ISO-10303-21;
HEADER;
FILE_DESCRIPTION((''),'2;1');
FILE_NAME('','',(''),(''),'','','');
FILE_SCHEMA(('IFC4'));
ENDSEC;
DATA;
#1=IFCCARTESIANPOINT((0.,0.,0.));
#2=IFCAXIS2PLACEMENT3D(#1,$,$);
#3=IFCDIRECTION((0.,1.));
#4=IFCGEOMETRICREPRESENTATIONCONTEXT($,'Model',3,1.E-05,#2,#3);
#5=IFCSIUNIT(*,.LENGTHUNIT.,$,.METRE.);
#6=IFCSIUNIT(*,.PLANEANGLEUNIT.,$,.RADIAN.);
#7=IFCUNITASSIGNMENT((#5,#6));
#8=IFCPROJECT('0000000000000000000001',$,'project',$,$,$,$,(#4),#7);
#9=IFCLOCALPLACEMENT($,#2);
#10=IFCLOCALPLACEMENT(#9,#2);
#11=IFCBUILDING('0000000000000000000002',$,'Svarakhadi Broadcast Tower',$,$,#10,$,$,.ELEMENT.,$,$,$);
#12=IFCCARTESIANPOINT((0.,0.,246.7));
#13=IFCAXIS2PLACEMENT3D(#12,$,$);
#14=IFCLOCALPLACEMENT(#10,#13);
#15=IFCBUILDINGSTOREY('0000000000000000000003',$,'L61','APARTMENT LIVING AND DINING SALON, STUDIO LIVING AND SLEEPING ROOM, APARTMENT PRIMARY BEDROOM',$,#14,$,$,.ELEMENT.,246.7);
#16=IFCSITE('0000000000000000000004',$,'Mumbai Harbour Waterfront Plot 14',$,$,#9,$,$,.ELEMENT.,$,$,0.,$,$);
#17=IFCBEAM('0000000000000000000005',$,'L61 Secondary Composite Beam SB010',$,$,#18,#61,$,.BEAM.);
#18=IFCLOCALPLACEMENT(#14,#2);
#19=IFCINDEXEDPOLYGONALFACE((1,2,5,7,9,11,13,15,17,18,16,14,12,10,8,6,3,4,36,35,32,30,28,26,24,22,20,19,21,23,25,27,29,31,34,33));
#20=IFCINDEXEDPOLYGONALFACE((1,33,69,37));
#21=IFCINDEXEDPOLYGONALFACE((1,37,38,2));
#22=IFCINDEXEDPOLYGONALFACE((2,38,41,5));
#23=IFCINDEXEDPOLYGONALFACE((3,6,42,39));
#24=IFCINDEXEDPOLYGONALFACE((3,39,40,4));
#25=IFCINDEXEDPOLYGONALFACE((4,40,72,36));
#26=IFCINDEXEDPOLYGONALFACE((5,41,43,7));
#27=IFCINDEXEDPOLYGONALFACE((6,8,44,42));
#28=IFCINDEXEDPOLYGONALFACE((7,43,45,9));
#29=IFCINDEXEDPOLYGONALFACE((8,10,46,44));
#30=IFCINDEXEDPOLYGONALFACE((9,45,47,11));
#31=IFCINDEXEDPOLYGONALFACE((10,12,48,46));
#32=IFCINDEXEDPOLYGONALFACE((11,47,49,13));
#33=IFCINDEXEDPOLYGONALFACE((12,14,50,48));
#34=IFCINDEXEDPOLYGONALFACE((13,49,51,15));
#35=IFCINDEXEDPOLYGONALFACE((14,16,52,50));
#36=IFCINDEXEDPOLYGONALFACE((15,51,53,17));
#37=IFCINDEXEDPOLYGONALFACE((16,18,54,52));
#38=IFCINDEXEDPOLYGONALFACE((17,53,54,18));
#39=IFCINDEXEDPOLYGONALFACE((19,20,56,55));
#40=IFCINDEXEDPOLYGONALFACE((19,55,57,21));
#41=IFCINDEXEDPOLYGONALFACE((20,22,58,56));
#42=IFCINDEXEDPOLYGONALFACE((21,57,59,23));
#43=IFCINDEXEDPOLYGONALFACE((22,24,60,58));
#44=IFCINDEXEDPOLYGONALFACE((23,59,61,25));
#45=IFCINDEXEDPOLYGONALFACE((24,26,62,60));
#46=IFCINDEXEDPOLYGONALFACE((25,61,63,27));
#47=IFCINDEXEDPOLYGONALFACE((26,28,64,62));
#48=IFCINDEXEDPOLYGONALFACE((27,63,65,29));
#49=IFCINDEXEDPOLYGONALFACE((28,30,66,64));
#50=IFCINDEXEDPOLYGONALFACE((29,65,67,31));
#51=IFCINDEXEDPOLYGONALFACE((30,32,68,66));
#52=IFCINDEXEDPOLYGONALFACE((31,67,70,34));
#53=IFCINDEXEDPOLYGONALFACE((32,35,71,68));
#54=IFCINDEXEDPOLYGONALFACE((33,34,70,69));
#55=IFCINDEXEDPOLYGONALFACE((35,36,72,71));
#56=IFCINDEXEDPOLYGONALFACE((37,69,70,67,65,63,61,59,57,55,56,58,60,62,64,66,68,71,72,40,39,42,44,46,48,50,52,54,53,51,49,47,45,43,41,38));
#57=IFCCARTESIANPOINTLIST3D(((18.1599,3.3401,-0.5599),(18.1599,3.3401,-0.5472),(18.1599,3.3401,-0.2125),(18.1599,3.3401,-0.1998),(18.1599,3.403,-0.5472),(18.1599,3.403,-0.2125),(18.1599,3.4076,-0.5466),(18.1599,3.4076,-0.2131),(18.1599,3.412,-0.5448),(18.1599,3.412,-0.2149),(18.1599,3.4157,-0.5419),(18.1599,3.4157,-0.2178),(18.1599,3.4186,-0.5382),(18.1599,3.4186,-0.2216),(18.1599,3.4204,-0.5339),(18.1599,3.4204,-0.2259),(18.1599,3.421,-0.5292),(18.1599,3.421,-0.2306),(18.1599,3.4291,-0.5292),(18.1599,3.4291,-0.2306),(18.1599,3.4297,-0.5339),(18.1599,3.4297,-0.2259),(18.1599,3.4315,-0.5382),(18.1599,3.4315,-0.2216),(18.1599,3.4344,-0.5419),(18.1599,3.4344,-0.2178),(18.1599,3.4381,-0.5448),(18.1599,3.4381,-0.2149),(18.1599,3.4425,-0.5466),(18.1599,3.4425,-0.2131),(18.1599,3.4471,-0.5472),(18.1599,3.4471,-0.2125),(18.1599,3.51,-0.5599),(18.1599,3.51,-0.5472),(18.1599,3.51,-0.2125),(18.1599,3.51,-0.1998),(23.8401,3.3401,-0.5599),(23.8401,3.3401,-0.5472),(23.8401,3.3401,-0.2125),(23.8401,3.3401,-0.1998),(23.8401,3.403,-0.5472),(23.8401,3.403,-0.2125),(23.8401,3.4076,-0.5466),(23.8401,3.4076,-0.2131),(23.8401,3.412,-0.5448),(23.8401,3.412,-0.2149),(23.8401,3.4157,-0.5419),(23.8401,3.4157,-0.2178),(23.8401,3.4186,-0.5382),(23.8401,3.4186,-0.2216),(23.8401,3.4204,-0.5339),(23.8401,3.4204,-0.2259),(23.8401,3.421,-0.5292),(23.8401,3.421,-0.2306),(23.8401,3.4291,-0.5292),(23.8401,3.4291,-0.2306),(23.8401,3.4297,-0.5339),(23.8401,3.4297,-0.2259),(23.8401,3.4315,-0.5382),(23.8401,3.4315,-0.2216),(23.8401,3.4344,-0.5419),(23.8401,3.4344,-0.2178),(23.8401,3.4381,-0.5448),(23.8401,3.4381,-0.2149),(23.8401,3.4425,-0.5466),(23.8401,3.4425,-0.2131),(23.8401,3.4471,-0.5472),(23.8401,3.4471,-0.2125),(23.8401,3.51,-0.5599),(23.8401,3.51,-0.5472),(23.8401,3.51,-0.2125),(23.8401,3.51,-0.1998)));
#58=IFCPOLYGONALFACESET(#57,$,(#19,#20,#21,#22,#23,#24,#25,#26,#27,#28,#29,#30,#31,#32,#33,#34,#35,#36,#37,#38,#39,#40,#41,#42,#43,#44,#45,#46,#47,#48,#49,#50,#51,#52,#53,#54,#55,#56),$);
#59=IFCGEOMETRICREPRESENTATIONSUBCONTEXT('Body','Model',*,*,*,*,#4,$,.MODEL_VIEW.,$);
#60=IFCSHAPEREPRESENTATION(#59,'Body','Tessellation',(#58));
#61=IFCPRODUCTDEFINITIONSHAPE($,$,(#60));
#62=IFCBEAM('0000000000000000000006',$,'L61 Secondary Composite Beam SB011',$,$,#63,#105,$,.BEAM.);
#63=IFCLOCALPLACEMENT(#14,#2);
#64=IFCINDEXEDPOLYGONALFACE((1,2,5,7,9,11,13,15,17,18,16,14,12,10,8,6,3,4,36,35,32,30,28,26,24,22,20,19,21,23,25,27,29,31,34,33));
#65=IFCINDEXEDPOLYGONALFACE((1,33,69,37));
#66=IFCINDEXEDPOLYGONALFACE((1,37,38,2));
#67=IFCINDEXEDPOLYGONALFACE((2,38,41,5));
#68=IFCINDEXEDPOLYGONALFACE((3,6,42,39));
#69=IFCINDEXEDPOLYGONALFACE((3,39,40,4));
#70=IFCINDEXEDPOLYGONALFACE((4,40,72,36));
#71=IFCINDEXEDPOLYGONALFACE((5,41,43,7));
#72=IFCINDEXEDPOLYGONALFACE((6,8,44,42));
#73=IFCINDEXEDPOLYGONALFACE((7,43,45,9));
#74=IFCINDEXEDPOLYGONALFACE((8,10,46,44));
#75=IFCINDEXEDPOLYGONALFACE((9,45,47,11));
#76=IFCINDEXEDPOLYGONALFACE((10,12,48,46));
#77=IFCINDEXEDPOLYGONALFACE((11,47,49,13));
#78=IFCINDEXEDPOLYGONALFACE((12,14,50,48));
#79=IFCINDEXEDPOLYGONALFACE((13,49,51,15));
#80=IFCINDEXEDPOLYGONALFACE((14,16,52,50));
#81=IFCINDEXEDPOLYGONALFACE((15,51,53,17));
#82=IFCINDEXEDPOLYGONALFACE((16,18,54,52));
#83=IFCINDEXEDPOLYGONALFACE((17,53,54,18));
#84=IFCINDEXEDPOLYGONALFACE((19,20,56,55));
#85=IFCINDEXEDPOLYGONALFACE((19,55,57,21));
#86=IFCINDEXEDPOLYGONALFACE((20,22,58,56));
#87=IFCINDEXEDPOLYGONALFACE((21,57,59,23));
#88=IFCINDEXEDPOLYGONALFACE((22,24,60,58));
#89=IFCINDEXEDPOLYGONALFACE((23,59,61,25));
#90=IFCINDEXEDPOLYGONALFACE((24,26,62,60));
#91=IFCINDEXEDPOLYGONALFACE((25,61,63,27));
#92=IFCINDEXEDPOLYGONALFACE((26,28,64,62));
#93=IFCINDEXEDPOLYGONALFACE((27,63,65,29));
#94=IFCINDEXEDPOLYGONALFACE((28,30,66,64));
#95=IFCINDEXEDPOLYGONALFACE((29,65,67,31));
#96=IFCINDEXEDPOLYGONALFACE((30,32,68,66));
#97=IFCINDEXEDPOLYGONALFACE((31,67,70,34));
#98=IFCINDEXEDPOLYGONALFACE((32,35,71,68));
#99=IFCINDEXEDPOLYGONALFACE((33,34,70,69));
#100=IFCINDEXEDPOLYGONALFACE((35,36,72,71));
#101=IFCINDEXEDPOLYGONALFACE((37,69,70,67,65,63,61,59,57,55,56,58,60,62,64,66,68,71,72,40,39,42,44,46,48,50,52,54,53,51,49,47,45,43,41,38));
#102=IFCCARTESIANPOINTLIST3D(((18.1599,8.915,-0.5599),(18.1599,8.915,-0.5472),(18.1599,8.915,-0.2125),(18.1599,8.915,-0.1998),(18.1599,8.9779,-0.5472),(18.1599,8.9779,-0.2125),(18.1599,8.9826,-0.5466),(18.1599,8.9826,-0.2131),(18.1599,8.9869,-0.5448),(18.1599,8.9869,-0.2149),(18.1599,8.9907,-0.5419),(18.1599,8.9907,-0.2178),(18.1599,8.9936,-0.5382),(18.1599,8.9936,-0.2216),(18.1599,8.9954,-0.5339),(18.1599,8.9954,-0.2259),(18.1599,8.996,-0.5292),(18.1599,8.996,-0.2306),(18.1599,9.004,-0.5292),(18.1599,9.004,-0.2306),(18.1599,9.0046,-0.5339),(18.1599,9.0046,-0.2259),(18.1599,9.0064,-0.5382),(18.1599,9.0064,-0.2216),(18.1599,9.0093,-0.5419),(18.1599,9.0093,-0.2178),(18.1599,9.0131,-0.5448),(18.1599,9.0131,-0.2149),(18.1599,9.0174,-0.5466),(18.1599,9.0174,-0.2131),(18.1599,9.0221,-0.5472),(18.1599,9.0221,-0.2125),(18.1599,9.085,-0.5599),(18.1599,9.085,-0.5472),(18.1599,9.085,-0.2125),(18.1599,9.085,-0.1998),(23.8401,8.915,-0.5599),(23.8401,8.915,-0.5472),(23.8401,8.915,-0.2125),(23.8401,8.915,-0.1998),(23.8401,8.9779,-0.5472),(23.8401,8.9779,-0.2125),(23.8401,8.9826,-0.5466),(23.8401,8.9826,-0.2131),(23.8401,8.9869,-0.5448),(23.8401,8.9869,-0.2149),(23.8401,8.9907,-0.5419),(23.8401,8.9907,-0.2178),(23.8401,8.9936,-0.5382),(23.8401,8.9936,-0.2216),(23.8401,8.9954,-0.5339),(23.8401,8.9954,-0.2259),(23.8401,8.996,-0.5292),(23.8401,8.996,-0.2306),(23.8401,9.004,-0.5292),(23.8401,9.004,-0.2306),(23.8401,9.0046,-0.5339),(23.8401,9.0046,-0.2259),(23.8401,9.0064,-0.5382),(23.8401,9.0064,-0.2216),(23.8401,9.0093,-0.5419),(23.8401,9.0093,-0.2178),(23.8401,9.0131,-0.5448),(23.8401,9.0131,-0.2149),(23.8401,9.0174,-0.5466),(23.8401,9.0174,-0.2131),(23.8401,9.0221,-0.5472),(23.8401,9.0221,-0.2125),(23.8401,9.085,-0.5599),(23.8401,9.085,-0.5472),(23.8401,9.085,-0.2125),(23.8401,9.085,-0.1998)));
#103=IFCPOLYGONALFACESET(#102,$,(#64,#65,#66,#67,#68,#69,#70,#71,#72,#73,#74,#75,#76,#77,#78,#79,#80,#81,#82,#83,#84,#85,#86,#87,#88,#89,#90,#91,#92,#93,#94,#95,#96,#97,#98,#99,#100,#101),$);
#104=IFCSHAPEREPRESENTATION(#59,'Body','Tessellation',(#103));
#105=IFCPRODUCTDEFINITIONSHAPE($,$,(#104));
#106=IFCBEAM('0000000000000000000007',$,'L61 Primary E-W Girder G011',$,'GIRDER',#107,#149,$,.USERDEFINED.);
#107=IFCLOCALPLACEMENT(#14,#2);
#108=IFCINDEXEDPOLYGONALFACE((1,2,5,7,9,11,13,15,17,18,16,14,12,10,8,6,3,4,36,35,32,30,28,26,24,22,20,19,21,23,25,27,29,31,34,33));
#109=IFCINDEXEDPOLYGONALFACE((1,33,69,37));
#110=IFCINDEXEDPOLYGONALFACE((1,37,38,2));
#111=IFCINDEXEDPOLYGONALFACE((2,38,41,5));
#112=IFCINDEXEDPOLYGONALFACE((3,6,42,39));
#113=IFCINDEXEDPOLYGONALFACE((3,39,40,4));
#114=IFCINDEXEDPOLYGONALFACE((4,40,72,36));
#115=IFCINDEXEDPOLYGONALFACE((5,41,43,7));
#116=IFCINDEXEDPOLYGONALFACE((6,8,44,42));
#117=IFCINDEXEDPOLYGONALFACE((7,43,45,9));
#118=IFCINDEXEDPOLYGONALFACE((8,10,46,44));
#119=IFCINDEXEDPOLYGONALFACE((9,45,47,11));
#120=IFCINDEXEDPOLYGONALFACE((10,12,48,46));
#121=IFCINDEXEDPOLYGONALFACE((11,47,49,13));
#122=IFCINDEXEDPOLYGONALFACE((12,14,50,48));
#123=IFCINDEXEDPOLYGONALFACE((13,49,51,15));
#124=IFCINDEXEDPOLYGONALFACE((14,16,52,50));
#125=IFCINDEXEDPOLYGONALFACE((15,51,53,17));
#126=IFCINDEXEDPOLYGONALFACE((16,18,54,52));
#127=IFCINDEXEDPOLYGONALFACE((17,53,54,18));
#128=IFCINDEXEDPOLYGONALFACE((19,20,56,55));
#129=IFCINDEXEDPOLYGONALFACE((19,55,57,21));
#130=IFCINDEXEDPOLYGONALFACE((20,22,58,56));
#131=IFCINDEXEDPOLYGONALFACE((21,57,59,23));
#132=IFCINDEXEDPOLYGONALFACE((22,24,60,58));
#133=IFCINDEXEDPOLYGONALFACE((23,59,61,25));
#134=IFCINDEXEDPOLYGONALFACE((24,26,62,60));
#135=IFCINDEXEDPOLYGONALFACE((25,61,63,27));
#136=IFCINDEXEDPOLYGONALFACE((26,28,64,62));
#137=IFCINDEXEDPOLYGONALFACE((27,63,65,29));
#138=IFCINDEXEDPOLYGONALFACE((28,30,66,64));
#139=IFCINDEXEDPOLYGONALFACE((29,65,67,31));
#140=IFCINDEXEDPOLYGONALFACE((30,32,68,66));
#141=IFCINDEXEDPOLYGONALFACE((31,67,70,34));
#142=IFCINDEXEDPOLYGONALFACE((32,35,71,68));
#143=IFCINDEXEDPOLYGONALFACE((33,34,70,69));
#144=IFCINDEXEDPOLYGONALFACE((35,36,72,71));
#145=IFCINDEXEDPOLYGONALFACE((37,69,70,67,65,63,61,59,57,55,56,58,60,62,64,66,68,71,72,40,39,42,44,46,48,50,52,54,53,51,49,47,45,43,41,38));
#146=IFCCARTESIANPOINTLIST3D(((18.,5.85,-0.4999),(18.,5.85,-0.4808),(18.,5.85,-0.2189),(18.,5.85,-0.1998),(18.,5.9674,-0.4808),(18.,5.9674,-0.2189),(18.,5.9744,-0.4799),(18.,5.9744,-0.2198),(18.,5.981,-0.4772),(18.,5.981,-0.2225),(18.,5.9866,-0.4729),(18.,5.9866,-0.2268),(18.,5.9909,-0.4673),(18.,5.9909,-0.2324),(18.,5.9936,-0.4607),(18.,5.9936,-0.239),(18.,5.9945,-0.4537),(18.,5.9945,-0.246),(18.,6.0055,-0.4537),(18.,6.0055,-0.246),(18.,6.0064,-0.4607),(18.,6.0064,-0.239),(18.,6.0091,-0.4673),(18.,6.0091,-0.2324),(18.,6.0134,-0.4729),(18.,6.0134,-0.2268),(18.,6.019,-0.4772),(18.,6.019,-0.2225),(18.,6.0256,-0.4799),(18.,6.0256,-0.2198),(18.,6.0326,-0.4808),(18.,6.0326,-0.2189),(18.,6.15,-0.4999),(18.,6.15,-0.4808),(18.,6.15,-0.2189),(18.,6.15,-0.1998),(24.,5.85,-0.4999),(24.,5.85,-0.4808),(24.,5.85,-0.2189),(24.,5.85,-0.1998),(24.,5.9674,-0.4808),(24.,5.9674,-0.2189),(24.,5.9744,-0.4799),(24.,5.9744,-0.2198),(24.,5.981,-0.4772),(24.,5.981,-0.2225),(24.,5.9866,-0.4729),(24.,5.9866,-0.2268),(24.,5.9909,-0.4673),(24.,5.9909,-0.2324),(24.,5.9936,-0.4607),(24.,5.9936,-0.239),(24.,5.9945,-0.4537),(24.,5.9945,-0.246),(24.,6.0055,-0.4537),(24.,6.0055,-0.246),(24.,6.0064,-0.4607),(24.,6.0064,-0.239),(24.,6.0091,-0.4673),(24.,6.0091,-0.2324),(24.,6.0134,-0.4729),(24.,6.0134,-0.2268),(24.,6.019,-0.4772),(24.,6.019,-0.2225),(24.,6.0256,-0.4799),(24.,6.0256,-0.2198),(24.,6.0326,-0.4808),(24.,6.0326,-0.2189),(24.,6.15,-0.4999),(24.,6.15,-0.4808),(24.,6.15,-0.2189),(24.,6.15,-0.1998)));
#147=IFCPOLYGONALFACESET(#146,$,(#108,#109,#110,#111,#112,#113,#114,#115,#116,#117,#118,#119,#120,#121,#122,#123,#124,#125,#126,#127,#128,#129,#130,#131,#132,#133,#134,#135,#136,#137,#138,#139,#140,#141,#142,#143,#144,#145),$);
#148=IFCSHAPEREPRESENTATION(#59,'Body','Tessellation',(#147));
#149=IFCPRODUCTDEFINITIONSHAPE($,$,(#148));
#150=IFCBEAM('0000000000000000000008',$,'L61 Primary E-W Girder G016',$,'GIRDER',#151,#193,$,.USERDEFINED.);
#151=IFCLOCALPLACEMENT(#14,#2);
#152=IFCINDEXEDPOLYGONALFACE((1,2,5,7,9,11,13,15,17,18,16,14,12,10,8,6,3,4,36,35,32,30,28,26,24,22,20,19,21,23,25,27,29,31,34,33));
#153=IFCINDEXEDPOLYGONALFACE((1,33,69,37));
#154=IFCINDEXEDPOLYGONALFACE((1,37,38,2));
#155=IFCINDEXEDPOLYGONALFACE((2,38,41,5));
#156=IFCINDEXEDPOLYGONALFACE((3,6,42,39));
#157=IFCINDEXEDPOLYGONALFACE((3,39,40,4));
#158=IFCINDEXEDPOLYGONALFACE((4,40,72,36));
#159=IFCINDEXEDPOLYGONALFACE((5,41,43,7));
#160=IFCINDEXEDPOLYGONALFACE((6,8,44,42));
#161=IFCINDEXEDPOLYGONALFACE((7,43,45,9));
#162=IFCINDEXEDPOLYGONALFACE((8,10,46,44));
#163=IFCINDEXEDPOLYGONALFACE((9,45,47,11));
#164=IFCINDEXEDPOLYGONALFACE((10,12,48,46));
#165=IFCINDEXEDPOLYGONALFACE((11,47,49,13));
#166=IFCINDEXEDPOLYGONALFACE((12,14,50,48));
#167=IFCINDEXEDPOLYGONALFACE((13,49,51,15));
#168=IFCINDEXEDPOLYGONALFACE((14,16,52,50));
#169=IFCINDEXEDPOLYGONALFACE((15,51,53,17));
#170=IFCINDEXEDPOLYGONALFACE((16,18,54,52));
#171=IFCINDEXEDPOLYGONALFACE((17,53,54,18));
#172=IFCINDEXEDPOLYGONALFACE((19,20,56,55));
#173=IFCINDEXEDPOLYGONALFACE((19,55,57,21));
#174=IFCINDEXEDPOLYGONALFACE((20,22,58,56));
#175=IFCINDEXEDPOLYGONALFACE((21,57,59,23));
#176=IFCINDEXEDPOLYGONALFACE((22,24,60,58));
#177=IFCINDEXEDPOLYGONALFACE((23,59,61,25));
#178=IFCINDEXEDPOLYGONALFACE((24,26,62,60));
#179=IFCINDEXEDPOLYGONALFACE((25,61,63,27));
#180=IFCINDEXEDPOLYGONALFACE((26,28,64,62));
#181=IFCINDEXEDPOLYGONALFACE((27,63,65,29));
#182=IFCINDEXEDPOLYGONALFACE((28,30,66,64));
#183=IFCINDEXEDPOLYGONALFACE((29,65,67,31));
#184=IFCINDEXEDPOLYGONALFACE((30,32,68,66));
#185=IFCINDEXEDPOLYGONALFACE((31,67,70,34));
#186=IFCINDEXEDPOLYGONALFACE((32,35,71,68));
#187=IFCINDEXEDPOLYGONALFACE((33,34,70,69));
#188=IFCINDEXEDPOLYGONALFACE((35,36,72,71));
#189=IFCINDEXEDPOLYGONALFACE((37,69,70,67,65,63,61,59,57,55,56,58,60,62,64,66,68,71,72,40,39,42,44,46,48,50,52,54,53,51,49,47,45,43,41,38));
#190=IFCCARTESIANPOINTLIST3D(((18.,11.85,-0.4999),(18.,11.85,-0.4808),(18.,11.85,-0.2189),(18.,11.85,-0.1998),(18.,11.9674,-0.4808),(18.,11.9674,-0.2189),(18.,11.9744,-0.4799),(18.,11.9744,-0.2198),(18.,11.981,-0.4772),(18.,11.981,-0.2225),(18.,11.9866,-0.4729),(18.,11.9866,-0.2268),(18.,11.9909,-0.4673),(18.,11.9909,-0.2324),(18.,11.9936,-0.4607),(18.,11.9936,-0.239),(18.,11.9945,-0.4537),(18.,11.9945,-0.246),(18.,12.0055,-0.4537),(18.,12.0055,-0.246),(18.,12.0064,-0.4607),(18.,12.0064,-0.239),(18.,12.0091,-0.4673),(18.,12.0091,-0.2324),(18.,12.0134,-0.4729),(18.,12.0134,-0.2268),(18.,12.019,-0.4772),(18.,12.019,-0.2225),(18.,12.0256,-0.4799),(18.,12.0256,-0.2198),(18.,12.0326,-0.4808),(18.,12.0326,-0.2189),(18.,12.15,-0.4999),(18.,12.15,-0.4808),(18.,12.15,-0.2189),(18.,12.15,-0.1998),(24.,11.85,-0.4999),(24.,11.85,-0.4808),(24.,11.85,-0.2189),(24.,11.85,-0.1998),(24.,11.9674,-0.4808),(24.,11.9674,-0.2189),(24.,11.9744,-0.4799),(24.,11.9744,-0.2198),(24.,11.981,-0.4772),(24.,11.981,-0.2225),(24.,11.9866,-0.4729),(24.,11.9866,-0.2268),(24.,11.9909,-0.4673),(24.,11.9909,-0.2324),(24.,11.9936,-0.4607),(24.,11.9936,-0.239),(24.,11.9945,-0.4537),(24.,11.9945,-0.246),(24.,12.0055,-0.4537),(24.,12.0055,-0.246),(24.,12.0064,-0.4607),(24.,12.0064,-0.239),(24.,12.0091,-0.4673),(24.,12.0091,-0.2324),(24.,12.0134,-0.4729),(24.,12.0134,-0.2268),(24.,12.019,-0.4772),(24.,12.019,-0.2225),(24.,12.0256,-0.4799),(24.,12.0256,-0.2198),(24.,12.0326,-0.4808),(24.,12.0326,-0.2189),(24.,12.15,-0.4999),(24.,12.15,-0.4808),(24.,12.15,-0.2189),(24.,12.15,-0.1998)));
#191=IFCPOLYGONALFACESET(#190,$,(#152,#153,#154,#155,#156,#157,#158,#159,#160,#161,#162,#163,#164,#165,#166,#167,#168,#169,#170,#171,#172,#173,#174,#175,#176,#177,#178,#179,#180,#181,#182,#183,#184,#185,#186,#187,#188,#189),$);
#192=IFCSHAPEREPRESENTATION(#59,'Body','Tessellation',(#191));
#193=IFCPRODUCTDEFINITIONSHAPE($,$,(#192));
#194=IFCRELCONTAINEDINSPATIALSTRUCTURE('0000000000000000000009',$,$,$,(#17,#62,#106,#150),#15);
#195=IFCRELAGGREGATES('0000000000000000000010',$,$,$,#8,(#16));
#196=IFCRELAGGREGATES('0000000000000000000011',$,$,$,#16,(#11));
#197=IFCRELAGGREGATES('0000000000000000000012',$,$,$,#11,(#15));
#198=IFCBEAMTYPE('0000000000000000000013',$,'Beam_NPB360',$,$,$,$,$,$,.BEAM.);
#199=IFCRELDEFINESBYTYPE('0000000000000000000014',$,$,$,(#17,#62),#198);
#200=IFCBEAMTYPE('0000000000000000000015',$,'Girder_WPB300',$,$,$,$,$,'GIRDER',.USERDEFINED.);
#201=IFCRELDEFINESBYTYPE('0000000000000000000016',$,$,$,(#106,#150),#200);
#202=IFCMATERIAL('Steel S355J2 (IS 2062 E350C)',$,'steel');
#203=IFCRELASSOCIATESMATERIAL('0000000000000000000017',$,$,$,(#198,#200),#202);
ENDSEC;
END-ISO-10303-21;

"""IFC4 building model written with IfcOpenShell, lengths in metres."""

from ifc_helpers import new_model, si_unit, direction, frame, origin, origin_2d, place, context, subcontext, project, spatial, i_section, extrude, material, material_profile, profile_set, type_object, element, save


model = new_model("IFC4")

# Units and contexts
model_context = context("Model", 3, precision=1e-05, world=origin(), true_north=direction((0.0, 1.0)))
body_context = subcontext(model_context, "Body", "Model", "MODEL_VIEW")
ifc_project = project(units=[si_unit("LENGTHUNIT", "METRE"), si_unit("PLANEANGLEUNIT", "RADIAN")], contexts=[model_context])

# Site, building, storey
site_placement = place(None, origin())
site = spatial("IfcSite", under=ifc_project, at=site_placement, Name="Mumbai Harbour Waterfront Plot 14", CompositionType="ELEMENT", RefElevation=0.0)
building_placement = place(site_placement, origin())
building = spatial("IfcBuilding", under=site, at=building_placement, Name="Svarakhadi Broadcast Tower", CompositionType="ELEMENT")
storey_placement = place(building_placement, frame((0.0, 0.0, 246.7)))
storey = spatial("IfcBuildingStorey", under=building, at=storey_placement, Name="L61", Description="APARTMENT LIVING AND DINING SALON, STUDIO LIVING AND SLEEPING ROOM, APARTMENT PRIMARY BEDROOM", CompositionType="ELEMENT", Elevation=246.7)

# Beams
ifc_material_1 = material(Name="Steel S355J2 (IS 2062 E350C)", Category="steel")
ifc_material_profile_1 = material_profile(ifc_material_1, i_section(OverallWidth=0.1699, OverallDepth=0.3601, WebThickness=0.0081, FlangeThickness=0.0127, FilletRadius=0.0181, at=origin_2d()), Name="NPB 360x170x57")
ifc_profile_set_1 = profile_set([ifc_material_profile_1], Name="Steel S355J2 (IS 2062 E350C)")
beam_type_1 = type_object("IfcBeamType", Name="Beam_NPB360", PredefinedType="BEAM", material=ifc_profile_set_1)
for number, where, z_axis, x_axis, name in (
    (1, (18.1599, 3.425, -0.3799), (1.0, 0.0, 0.0), (0.0, 1.0, 0.0), "L61 Secondary Composite Beam SB010"),
    (2, (18.1599, 9.0, -0.3799), (1.0, 0.0, 0.0), (0.0, 1.0, 0.0), "L61 Secondary Composite Beam SB011"),
):
    element("IfcBeam", number, at=place(storey_placement, frame(where, z_axis=z_axis, x_axis=x_axis)), inside=storey, type_object=beam_type_1, Name=name, PredefinedType="BEAM", context=body_context, shape_type="SweptSolid", body=[
        extrude(i_section(OverallWidth=0.1699, OverallDepth=0.3601, WebThickness=0.0081, FlangeThickness=0.0127, FilletRadius=0.0181, at=origin_2d()), origin(), (0.0, 0.0, 1.0), 5.6802),
    ])
ifc_material_profile_2 = material_profile(ifc_material_1, i_section(OverallWidth=0.3, OverallDepth=0.3, WebThickness=0.011, FlangeThickness=0.019, FilletRadius=0.0271, at=origin_2d()), Name="WPB 300x300x117")
ifc_profile_set_2 = profile_set([ifc_material_profile_2], Name="Steel S355J2 (IS 2062 E350C)")
beam_type_2 = type_object("IfcBeamType", Name="Girder_WPB300", ElementType="GIRDER", PredefinedType="USERDEFINED", material=ifc_profile_set_2)
for number, where, z_axis, x_axis, name in (
    (3, (18.0, 6.0, -0.3499), (1.0, 0.0, 0.0), (0.0, 1.0, 0.0), "L61 Primary E-W Girder G011"),
    (4, (18.0, 12.0, -0.3499), (1.0, 0.0, 0.0), (0.0, 1.0, 0.0), "L61 Primary E-W Girder G016"),
):
    element("IfcBeam", number, at=place(storey_placement, frame(where, z_axis=z_axis, x_axis=x_axis)), inside=storey, type_object=beam_type_2, Name=name, ObjectType="GIRDER", PredefinedType="USERDEFINED", context=body_context, shape_type="SweptSolid", body=[
        extrude(i_section(OverallWidth=0.3, OverallDepth=0.3, WebThickness=0.011, FlangeThickness=0.019, FilletRadius=0.0271, at=origin_2d()), origin(), (0.0, 0.0, 1.0), 6.0),
    ])

save(model, "model.ifc")
